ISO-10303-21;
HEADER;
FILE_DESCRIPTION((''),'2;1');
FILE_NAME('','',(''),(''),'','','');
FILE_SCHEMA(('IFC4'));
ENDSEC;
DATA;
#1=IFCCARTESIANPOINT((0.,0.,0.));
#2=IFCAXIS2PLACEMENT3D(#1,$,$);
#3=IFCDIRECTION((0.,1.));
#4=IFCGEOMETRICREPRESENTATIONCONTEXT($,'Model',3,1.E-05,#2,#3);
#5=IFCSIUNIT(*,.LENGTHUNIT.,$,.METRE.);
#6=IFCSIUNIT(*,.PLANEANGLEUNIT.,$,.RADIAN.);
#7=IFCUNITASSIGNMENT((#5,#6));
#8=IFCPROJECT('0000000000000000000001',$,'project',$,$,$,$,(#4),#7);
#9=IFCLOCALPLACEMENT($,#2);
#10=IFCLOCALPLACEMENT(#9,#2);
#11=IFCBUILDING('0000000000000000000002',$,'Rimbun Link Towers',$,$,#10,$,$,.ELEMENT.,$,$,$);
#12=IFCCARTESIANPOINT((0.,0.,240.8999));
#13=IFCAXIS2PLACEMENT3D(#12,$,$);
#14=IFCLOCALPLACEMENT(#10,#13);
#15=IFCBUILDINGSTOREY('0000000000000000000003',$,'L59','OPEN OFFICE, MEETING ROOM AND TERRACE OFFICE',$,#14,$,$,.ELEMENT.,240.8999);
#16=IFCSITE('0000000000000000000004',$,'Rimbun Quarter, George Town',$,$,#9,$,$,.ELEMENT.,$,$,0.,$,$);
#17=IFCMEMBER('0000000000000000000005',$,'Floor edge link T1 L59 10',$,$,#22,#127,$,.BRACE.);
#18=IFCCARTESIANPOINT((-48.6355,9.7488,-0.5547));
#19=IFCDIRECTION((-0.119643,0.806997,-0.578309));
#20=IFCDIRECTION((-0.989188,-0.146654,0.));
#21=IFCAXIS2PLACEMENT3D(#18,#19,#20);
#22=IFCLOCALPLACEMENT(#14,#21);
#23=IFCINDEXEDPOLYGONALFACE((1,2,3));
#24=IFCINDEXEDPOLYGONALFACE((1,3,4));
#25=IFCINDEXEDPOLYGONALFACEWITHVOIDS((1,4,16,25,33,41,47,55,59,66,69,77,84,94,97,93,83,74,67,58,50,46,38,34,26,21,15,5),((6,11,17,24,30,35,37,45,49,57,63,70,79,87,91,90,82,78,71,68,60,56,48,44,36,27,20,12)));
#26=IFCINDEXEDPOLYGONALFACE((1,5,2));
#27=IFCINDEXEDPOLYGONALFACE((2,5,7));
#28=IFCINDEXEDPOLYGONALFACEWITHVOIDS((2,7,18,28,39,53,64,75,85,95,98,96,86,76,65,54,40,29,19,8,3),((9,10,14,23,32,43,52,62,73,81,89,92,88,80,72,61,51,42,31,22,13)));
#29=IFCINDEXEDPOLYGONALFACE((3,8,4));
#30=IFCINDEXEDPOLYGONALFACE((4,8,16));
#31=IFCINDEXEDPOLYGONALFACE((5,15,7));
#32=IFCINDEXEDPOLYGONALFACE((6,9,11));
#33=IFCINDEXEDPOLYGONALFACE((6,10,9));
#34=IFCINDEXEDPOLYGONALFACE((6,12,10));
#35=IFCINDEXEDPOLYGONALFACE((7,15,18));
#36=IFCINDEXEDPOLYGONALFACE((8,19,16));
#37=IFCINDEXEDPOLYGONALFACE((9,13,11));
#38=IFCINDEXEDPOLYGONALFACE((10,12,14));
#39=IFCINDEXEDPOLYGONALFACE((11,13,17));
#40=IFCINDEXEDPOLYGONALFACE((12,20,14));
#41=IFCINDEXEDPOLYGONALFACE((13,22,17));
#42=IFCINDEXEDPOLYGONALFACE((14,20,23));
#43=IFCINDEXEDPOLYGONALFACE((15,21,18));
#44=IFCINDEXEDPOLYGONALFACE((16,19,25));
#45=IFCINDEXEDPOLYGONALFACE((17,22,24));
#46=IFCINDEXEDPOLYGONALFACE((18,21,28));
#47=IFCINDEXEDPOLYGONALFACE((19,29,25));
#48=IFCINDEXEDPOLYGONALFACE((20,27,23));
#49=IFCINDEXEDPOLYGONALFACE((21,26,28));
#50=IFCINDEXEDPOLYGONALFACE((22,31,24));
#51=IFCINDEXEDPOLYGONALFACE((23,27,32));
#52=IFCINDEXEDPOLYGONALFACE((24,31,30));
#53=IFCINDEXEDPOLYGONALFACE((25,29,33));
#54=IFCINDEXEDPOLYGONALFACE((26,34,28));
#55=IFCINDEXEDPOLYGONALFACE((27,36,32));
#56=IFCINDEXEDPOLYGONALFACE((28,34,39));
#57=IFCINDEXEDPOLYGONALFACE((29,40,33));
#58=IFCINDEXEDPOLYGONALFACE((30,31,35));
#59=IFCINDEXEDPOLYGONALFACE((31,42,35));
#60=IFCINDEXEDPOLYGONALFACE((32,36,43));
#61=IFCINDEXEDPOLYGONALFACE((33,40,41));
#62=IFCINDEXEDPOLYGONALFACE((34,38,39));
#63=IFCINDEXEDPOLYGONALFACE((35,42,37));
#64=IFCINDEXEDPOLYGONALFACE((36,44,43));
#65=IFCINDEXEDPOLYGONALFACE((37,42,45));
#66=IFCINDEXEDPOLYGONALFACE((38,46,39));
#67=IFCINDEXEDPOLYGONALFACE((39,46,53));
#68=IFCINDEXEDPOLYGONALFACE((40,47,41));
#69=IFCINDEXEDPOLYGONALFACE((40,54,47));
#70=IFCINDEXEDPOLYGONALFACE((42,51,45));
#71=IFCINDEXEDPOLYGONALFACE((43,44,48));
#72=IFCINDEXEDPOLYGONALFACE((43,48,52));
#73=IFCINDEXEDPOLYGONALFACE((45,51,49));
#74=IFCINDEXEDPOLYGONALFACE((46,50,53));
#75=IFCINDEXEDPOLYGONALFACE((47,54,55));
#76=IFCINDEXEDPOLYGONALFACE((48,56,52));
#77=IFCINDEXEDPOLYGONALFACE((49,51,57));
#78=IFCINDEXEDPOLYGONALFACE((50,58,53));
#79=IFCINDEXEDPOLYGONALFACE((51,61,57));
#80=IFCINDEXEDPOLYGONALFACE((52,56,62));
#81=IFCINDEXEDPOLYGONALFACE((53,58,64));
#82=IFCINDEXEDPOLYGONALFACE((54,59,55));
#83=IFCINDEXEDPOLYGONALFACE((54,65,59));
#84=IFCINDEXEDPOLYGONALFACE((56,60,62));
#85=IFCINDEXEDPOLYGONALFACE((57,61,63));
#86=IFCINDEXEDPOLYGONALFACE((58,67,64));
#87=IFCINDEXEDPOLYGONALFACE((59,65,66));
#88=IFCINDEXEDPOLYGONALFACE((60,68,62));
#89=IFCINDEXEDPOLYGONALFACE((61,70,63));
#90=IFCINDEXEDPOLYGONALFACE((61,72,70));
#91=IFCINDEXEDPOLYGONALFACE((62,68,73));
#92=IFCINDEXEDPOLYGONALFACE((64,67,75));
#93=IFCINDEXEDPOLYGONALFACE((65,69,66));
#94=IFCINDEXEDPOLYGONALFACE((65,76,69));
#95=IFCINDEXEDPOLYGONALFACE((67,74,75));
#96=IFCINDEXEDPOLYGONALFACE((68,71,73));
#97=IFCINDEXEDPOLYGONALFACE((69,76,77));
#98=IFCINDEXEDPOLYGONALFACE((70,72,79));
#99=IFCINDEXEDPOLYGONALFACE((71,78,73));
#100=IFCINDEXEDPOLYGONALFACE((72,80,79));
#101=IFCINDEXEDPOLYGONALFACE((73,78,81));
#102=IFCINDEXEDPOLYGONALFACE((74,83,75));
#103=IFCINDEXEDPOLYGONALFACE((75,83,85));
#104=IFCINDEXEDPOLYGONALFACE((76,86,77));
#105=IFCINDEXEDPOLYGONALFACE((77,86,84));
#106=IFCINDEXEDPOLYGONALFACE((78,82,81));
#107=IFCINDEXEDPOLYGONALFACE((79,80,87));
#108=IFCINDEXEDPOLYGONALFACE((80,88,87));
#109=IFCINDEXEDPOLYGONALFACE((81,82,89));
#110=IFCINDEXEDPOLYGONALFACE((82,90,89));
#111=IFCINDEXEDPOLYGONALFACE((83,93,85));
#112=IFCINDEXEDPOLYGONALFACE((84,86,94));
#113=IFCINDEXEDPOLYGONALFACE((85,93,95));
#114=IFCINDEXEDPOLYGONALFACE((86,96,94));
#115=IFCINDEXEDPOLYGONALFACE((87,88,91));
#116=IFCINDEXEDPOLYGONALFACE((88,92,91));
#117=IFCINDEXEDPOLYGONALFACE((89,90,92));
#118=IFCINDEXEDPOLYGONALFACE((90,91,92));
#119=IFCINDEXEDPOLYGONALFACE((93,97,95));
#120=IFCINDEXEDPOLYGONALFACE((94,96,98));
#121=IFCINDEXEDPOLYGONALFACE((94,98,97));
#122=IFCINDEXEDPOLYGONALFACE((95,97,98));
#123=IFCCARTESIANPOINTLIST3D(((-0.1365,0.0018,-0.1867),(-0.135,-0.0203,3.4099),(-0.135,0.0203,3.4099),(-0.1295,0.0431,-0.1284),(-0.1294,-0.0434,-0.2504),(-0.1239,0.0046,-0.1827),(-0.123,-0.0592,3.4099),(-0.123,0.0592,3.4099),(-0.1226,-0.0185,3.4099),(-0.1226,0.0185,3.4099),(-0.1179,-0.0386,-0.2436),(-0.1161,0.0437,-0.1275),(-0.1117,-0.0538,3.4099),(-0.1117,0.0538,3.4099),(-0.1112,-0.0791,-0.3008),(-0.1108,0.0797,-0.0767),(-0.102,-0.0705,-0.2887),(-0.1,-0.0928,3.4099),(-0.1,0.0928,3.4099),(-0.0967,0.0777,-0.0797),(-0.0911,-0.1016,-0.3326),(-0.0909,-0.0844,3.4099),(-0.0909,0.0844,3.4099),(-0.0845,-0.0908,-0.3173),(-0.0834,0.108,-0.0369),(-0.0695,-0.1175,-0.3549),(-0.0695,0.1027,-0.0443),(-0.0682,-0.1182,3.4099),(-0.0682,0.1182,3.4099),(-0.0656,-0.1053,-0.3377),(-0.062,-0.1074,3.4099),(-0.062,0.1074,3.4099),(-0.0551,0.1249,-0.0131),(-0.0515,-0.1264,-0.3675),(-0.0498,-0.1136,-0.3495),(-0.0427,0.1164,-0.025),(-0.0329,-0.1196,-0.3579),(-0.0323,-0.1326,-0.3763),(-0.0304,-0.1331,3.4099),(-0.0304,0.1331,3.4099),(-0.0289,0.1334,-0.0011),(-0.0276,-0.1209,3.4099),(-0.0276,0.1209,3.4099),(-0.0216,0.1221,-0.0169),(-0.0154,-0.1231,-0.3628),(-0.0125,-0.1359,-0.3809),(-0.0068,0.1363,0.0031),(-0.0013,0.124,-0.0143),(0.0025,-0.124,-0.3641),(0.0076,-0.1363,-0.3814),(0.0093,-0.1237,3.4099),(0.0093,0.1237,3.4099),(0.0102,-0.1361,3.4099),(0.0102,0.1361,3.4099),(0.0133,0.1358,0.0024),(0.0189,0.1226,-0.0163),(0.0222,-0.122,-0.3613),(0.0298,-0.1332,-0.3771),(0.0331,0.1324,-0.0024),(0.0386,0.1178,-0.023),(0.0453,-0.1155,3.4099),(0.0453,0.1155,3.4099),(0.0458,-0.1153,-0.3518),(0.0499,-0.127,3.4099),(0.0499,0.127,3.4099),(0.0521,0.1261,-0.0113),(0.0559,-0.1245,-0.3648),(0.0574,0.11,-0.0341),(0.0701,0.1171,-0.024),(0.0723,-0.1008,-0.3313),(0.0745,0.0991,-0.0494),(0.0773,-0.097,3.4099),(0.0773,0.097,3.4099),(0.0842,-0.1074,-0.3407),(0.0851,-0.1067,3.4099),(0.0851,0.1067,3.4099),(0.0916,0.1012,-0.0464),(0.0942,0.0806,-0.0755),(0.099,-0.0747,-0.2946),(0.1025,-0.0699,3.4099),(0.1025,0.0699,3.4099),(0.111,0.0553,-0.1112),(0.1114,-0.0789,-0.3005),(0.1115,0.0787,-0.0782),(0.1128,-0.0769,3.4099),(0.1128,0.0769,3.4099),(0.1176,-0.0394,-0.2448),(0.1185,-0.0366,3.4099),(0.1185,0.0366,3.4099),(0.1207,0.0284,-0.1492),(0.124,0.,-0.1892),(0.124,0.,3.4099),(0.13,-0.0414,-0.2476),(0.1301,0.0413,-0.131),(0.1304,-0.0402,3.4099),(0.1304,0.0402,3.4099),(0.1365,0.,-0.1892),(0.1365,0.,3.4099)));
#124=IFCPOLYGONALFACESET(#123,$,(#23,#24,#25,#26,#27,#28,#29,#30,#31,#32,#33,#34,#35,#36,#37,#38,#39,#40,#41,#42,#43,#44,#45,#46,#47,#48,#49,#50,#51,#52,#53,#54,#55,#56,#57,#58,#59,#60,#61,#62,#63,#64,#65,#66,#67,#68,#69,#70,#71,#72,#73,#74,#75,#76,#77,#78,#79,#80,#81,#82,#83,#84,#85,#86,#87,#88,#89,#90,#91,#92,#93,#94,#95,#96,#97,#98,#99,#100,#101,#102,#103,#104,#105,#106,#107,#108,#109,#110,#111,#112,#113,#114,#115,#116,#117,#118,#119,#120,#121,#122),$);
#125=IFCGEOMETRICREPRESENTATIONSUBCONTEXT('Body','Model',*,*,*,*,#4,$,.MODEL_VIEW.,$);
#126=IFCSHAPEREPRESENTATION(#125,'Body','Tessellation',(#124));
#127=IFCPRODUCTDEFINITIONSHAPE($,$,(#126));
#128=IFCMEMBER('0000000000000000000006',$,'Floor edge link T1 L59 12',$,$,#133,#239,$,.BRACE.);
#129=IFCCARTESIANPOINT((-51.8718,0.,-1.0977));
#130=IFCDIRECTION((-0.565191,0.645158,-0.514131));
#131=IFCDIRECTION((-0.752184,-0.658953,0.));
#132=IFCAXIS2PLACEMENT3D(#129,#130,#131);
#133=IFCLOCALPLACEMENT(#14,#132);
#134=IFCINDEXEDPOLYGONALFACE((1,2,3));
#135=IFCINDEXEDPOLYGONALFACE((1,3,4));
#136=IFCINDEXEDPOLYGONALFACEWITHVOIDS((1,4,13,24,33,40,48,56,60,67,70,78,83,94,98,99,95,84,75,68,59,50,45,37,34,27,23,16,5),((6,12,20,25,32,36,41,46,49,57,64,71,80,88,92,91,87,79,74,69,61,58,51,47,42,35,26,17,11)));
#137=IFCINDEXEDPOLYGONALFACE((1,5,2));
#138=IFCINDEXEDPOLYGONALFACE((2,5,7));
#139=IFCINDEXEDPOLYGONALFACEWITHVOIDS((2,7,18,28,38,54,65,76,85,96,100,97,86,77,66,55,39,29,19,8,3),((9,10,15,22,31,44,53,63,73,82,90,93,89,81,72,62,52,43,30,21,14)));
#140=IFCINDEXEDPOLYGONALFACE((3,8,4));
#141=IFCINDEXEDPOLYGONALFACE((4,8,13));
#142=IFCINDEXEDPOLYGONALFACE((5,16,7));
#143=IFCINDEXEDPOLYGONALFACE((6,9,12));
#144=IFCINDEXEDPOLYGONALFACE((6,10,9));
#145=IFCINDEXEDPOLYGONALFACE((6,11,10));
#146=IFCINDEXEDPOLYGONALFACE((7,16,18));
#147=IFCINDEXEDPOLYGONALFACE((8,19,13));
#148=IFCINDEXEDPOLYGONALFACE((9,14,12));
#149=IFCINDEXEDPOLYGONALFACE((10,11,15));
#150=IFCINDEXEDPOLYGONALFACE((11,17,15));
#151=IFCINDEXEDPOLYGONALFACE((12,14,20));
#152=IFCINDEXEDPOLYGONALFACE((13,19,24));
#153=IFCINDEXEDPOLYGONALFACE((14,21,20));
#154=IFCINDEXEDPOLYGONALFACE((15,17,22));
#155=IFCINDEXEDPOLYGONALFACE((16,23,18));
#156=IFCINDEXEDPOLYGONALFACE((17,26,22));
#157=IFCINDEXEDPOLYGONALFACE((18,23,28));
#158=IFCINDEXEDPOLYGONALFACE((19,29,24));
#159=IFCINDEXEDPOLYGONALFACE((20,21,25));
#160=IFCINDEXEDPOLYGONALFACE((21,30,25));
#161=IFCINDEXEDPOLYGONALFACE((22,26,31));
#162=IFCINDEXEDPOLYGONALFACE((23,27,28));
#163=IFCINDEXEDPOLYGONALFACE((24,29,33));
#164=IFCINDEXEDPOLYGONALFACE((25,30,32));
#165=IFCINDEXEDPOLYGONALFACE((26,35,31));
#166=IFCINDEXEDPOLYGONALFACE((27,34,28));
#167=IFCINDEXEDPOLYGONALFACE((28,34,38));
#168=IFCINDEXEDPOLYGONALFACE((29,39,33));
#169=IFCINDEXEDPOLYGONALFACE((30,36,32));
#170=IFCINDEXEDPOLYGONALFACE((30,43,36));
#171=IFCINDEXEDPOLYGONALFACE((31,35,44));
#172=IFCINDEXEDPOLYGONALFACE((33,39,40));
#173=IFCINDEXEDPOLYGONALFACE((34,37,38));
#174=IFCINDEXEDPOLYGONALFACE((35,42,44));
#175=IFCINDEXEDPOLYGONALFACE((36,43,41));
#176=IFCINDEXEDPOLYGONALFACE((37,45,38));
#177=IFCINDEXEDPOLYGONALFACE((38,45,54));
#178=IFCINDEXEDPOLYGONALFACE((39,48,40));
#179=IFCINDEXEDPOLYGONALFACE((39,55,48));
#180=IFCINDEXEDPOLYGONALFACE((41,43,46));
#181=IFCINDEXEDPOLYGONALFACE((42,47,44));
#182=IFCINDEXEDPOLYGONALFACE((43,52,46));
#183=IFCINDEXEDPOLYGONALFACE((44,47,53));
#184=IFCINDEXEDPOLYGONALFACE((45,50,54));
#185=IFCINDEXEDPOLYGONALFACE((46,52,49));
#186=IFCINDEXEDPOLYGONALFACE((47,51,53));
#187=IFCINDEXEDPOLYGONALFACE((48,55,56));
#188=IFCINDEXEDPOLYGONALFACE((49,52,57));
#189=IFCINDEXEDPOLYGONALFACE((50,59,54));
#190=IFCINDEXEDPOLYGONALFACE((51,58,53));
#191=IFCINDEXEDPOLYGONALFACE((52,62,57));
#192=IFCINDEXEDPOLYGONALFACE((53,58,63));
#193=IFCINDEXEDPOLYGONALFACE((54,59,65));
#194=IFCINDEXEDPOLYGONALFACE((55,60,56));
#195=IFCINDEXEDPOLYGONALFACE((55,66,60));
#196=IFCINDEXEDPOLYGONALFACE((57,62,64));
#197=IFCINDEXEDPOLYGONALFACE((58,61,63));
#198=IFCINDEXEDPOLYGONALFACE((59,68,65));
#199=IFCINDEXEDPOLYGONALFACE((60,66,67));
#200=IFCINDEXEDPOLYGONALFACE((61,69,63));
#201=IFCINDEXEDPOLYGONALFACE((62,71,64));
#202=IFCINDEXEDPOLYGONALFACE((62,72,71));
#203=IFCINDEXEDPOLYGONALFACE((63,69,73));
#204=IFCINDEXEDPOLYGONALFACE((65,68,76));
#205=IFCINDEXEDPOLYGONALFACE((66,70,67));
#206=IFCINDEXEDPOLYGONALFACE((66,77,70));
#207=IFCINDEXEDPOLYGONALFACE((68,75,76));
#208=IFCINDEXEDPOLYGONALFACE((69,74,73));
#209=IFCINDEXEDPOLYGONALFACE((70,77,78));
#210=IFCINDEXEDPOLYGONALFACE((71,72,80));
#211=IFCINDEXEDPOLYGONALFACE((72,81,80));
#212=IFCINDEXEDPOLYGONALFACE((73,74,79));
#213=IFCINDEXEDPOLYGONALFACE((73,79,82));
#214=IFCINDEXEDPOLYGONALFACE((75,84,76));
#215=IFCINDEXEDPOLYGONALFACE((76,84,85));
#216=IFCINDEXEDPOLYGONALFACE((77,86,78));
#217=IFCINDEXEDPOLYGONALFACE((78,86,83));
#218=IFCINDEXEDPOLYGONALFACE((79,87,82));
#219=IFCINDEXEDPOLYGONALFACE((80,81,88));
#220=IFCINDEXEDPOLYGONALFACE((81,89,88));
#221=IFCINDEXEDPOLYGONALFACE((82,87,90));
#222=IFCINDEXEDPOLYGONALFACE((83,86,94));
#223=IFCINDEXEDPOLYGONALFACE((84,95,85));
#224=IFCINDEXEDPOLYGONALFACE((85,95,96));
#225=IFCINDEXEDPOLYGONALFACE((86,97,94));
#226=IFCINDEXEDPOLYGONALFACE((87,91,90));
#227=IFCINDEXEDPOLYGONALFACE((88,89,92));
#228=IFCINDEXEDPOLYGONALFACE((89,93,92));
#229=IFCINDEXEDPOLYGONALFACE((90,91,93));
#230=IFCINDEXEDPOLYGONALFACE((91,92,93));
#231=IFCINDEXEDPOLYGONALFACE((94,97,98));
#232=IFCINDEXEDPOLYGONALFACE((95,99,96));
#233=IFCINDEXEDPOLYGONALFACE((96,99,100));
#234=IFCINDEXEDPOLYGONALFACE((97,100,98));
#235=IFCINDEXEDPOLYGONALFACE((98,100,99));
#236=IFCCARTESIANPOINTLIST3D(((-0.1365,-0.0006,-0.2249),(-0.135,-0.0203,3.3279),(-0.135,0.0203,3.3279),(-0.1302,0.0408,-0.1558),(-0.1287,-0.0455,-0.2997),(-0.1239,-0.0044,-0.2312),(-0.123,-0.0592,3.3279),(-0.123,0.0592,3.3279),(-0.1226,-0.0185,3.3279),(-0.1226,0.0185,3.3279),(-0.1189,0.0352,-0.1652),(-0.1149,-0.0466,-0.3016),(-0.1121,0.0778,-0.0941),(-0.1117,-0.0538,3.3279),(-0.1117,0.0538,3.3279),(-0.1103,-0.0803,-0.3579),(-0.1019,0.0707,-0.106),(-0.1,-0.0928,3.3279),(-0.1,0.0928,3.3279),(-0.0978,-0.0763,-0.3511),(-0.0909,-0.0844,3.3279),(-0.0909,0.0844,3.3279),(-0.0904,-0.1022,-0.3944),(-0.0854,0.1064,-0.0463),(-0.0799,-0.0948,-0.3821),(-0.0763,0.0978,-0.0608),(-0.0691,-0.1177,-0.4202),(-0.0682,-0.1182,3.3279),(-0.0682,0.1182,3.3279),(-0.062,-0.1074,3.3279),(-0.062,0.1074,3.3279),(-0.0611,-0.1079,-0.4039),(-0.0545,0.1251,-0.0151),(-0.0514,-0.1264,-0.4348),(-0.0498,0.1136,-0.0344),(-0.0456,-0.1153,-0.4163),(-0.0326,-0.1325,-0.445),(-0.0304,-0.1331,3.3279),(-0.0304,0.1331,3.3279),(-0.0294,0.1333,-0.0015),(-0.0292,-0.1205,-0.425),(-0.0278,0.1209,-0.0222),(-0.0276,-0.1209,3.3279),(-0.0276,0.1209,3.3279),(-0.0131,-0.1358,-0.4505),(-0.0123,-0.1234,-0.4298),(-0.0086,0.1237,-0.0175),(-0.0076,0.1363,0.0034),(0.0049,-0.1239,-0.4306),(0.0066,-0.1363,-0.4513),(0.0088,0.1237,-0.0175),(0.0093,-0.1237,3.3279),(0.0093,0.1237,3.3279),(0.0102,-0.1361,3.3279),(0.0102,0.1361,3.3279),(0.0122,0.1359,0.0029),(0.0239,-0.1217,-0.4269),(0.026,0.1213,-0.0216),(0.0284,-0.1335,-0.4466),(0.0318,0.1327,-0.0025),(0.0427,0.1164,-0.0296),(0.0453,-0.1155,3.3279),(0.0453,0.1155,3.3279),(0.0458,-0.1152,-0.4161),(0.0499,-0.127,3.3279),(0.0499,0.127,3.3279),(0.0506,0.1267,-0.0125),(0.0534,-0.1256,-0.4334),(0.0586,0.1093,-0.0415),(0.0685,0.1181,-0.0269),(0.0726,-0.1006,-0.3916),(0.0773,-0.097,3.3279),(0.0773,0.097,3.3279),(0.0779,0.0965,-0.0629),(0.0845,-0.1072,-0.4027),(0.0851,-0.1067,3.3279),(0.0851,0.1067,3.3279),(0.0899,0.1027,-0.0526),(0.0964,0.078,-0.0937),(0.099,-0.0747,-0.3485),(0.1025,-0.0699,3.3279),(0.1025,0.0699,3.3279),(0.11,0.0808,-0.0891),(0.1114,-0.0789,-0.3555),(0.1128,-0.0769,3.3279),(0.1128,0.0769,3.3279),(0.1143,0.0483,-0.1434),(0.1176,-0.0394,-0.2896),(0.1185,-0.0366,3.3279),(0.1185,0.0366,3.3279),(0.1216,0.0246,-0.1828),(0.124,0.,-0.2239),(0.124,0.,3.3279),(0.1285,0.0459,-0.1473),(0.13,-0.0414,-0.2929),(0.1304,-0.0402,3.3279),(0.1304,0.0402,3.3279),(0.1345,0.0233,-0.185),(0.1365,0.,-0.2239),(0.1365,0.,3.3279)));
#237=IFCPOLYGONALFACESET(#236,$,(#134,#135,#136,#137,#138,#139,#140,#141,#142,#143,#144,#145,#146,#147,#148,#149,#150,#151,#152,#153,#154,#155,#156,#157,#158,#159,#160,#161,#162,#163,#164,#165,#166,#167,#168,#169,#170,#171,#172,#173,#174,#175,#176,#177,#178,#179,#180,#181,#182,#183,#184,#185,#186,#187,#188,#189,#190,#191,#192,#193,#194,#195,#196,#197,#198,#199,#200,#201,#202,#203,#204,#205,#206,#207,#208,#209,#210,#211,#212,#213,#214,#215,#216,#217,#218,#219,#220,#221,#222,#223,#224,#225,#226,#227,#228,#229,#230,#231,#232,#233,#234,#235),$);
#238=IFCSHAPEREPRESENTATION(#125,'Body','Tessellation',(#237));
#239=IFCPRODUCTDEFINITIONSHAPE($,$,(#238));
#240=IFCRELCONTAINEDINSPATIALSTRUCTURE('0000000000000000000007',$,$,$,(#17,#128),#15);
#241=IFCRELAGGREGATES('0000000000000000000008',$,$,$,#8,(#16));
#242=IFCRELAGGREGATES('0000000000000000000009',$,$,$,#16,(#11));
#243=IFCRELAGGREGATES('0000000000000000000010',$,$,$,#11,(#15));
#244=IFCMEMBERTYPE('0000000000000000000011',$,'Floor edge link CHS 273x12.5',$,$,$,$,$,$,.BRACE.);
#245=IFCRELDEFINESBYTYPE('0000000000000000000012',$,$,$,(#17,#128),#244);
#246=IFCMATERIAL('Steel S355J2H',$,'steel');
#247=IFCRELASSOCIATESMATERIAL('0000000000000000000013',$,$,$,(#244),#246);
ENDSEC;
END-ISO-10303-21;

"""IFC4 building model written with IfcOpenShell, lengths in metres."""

from ifc_helpers import new_model, si_unit, direction, frame, origin, origin_2d, place, context, subcontext, project, spatial, hollow_circle, extrude, clip, halfspace, material, material_profile, profile_set, type_object, element, save


model = new_model("IFC4")

# Units and contexts
model_context = context("Model", 3, precision=1e-05, world=origin(), true_north=direction((0.0, 1.0)))
body_context = subcontext(model_context, "Body", "Model", "MODEL_VIEW")
ifc_project = project(units=[si_unit("LENGTHUNIT", "METRE"), si_unit("PLANEANGLEUNIT", "RADIAN")], contexts=[model_context])

# Site, building, storey
site_placement = place(None, origin())
site = spatial("IfcSite", under=ifc_project, at=site_placement, Name="Rimbun Quarter, George Town", CompositionType="ELEMENT", RefElevation=0.0)
building_placement = place(site_placement, origin())
building = spatial("IfcBuilding", under=site, at=building_placement, Name="Rimbun Link Towers", CompositionType="ELEMENT")
storey_placement = place(building_placement, frame((0.0, 0.0, 240.8999)))
storey = spatial("IfcBuildingStorey", under=building, at=storey_placement, Name="L59", Description="OPEN OFFICE, MEETING ROOM AND TERRACE OFFICE", CompositionType="ELEMENT", Elevation=240.8999)

# Members
ifc_material_1 = material(Name="Steel S355J2H", Category="steel")
ifc_material_profile_1 = material_profile(ifc_material_1, hollow_circle(Radius=0.1365, WallThickness=0.0125, at=origin_2d()), Name="CHS 273x12.5")
ifc_profile_set_1 = profile_set([ifc_material_profile_1], Name="Steel S355J2H")
member_type_1 = type_object("IfcMemberType", Name="Floor edge link CHS 273x12.5", PredefinedType="BRACE", material=ifc_profile_set_1)
member_1_placement = place(storey_placement, frame((-48.6355, 9.7488, -0.5547), z_axis=(-0.119643, 0.806997, -0.578309), x_axis=(-0.989188, -0.146654, 0.0)))
element("IfcMember", 1, at=member_1_placement, inside=storey, type_object=member_type_1, Name="Floor edge link T1 L59 10", PredefinedType="BRACE", context=body_context, shape_type="Clipping", body=[
    clip(extrude(hollow_circle(Radius=0.1365, WallThickness=0.0125, at=origin_2d()), frame((0.0, 0.0, -0.4023)), (0.0, 0.0, 1.0), 3.8123), halfspace(frame((0.0, 0.0, -0.1892), z_axis=(0.0, 0.815818, -0.578309)), False)),
])
member_2_placement = place(storey_placement, frame((-51.8718, 0.0, -1.0977), z_axis=(-0.565191, 0.645158, -0.514131), x_axis=(-0.752184, -0.658953, 0.0)))
element("IfcMember", 2, at=member_2_placement, inside=storey, type_object=member_type_1, Name="Floor edge link T1 L59 12", PredefinedType="BRACE", context=body_context, shape_type="Clipping", body=[
    clip(extrude(hollow_circle(Radius=0.1365, WallThickness=0.0125, at=origin_2d()), frame((0.0, 0.0, -0.4749)), (0.0, 0.0, 1.0), 3.8027), halfspace(frame((0.0, 0.0, -0.2239), z_axis=(0.0, 0.857712, -0.514131)), False)),
])

save(model, "model.ifc")
